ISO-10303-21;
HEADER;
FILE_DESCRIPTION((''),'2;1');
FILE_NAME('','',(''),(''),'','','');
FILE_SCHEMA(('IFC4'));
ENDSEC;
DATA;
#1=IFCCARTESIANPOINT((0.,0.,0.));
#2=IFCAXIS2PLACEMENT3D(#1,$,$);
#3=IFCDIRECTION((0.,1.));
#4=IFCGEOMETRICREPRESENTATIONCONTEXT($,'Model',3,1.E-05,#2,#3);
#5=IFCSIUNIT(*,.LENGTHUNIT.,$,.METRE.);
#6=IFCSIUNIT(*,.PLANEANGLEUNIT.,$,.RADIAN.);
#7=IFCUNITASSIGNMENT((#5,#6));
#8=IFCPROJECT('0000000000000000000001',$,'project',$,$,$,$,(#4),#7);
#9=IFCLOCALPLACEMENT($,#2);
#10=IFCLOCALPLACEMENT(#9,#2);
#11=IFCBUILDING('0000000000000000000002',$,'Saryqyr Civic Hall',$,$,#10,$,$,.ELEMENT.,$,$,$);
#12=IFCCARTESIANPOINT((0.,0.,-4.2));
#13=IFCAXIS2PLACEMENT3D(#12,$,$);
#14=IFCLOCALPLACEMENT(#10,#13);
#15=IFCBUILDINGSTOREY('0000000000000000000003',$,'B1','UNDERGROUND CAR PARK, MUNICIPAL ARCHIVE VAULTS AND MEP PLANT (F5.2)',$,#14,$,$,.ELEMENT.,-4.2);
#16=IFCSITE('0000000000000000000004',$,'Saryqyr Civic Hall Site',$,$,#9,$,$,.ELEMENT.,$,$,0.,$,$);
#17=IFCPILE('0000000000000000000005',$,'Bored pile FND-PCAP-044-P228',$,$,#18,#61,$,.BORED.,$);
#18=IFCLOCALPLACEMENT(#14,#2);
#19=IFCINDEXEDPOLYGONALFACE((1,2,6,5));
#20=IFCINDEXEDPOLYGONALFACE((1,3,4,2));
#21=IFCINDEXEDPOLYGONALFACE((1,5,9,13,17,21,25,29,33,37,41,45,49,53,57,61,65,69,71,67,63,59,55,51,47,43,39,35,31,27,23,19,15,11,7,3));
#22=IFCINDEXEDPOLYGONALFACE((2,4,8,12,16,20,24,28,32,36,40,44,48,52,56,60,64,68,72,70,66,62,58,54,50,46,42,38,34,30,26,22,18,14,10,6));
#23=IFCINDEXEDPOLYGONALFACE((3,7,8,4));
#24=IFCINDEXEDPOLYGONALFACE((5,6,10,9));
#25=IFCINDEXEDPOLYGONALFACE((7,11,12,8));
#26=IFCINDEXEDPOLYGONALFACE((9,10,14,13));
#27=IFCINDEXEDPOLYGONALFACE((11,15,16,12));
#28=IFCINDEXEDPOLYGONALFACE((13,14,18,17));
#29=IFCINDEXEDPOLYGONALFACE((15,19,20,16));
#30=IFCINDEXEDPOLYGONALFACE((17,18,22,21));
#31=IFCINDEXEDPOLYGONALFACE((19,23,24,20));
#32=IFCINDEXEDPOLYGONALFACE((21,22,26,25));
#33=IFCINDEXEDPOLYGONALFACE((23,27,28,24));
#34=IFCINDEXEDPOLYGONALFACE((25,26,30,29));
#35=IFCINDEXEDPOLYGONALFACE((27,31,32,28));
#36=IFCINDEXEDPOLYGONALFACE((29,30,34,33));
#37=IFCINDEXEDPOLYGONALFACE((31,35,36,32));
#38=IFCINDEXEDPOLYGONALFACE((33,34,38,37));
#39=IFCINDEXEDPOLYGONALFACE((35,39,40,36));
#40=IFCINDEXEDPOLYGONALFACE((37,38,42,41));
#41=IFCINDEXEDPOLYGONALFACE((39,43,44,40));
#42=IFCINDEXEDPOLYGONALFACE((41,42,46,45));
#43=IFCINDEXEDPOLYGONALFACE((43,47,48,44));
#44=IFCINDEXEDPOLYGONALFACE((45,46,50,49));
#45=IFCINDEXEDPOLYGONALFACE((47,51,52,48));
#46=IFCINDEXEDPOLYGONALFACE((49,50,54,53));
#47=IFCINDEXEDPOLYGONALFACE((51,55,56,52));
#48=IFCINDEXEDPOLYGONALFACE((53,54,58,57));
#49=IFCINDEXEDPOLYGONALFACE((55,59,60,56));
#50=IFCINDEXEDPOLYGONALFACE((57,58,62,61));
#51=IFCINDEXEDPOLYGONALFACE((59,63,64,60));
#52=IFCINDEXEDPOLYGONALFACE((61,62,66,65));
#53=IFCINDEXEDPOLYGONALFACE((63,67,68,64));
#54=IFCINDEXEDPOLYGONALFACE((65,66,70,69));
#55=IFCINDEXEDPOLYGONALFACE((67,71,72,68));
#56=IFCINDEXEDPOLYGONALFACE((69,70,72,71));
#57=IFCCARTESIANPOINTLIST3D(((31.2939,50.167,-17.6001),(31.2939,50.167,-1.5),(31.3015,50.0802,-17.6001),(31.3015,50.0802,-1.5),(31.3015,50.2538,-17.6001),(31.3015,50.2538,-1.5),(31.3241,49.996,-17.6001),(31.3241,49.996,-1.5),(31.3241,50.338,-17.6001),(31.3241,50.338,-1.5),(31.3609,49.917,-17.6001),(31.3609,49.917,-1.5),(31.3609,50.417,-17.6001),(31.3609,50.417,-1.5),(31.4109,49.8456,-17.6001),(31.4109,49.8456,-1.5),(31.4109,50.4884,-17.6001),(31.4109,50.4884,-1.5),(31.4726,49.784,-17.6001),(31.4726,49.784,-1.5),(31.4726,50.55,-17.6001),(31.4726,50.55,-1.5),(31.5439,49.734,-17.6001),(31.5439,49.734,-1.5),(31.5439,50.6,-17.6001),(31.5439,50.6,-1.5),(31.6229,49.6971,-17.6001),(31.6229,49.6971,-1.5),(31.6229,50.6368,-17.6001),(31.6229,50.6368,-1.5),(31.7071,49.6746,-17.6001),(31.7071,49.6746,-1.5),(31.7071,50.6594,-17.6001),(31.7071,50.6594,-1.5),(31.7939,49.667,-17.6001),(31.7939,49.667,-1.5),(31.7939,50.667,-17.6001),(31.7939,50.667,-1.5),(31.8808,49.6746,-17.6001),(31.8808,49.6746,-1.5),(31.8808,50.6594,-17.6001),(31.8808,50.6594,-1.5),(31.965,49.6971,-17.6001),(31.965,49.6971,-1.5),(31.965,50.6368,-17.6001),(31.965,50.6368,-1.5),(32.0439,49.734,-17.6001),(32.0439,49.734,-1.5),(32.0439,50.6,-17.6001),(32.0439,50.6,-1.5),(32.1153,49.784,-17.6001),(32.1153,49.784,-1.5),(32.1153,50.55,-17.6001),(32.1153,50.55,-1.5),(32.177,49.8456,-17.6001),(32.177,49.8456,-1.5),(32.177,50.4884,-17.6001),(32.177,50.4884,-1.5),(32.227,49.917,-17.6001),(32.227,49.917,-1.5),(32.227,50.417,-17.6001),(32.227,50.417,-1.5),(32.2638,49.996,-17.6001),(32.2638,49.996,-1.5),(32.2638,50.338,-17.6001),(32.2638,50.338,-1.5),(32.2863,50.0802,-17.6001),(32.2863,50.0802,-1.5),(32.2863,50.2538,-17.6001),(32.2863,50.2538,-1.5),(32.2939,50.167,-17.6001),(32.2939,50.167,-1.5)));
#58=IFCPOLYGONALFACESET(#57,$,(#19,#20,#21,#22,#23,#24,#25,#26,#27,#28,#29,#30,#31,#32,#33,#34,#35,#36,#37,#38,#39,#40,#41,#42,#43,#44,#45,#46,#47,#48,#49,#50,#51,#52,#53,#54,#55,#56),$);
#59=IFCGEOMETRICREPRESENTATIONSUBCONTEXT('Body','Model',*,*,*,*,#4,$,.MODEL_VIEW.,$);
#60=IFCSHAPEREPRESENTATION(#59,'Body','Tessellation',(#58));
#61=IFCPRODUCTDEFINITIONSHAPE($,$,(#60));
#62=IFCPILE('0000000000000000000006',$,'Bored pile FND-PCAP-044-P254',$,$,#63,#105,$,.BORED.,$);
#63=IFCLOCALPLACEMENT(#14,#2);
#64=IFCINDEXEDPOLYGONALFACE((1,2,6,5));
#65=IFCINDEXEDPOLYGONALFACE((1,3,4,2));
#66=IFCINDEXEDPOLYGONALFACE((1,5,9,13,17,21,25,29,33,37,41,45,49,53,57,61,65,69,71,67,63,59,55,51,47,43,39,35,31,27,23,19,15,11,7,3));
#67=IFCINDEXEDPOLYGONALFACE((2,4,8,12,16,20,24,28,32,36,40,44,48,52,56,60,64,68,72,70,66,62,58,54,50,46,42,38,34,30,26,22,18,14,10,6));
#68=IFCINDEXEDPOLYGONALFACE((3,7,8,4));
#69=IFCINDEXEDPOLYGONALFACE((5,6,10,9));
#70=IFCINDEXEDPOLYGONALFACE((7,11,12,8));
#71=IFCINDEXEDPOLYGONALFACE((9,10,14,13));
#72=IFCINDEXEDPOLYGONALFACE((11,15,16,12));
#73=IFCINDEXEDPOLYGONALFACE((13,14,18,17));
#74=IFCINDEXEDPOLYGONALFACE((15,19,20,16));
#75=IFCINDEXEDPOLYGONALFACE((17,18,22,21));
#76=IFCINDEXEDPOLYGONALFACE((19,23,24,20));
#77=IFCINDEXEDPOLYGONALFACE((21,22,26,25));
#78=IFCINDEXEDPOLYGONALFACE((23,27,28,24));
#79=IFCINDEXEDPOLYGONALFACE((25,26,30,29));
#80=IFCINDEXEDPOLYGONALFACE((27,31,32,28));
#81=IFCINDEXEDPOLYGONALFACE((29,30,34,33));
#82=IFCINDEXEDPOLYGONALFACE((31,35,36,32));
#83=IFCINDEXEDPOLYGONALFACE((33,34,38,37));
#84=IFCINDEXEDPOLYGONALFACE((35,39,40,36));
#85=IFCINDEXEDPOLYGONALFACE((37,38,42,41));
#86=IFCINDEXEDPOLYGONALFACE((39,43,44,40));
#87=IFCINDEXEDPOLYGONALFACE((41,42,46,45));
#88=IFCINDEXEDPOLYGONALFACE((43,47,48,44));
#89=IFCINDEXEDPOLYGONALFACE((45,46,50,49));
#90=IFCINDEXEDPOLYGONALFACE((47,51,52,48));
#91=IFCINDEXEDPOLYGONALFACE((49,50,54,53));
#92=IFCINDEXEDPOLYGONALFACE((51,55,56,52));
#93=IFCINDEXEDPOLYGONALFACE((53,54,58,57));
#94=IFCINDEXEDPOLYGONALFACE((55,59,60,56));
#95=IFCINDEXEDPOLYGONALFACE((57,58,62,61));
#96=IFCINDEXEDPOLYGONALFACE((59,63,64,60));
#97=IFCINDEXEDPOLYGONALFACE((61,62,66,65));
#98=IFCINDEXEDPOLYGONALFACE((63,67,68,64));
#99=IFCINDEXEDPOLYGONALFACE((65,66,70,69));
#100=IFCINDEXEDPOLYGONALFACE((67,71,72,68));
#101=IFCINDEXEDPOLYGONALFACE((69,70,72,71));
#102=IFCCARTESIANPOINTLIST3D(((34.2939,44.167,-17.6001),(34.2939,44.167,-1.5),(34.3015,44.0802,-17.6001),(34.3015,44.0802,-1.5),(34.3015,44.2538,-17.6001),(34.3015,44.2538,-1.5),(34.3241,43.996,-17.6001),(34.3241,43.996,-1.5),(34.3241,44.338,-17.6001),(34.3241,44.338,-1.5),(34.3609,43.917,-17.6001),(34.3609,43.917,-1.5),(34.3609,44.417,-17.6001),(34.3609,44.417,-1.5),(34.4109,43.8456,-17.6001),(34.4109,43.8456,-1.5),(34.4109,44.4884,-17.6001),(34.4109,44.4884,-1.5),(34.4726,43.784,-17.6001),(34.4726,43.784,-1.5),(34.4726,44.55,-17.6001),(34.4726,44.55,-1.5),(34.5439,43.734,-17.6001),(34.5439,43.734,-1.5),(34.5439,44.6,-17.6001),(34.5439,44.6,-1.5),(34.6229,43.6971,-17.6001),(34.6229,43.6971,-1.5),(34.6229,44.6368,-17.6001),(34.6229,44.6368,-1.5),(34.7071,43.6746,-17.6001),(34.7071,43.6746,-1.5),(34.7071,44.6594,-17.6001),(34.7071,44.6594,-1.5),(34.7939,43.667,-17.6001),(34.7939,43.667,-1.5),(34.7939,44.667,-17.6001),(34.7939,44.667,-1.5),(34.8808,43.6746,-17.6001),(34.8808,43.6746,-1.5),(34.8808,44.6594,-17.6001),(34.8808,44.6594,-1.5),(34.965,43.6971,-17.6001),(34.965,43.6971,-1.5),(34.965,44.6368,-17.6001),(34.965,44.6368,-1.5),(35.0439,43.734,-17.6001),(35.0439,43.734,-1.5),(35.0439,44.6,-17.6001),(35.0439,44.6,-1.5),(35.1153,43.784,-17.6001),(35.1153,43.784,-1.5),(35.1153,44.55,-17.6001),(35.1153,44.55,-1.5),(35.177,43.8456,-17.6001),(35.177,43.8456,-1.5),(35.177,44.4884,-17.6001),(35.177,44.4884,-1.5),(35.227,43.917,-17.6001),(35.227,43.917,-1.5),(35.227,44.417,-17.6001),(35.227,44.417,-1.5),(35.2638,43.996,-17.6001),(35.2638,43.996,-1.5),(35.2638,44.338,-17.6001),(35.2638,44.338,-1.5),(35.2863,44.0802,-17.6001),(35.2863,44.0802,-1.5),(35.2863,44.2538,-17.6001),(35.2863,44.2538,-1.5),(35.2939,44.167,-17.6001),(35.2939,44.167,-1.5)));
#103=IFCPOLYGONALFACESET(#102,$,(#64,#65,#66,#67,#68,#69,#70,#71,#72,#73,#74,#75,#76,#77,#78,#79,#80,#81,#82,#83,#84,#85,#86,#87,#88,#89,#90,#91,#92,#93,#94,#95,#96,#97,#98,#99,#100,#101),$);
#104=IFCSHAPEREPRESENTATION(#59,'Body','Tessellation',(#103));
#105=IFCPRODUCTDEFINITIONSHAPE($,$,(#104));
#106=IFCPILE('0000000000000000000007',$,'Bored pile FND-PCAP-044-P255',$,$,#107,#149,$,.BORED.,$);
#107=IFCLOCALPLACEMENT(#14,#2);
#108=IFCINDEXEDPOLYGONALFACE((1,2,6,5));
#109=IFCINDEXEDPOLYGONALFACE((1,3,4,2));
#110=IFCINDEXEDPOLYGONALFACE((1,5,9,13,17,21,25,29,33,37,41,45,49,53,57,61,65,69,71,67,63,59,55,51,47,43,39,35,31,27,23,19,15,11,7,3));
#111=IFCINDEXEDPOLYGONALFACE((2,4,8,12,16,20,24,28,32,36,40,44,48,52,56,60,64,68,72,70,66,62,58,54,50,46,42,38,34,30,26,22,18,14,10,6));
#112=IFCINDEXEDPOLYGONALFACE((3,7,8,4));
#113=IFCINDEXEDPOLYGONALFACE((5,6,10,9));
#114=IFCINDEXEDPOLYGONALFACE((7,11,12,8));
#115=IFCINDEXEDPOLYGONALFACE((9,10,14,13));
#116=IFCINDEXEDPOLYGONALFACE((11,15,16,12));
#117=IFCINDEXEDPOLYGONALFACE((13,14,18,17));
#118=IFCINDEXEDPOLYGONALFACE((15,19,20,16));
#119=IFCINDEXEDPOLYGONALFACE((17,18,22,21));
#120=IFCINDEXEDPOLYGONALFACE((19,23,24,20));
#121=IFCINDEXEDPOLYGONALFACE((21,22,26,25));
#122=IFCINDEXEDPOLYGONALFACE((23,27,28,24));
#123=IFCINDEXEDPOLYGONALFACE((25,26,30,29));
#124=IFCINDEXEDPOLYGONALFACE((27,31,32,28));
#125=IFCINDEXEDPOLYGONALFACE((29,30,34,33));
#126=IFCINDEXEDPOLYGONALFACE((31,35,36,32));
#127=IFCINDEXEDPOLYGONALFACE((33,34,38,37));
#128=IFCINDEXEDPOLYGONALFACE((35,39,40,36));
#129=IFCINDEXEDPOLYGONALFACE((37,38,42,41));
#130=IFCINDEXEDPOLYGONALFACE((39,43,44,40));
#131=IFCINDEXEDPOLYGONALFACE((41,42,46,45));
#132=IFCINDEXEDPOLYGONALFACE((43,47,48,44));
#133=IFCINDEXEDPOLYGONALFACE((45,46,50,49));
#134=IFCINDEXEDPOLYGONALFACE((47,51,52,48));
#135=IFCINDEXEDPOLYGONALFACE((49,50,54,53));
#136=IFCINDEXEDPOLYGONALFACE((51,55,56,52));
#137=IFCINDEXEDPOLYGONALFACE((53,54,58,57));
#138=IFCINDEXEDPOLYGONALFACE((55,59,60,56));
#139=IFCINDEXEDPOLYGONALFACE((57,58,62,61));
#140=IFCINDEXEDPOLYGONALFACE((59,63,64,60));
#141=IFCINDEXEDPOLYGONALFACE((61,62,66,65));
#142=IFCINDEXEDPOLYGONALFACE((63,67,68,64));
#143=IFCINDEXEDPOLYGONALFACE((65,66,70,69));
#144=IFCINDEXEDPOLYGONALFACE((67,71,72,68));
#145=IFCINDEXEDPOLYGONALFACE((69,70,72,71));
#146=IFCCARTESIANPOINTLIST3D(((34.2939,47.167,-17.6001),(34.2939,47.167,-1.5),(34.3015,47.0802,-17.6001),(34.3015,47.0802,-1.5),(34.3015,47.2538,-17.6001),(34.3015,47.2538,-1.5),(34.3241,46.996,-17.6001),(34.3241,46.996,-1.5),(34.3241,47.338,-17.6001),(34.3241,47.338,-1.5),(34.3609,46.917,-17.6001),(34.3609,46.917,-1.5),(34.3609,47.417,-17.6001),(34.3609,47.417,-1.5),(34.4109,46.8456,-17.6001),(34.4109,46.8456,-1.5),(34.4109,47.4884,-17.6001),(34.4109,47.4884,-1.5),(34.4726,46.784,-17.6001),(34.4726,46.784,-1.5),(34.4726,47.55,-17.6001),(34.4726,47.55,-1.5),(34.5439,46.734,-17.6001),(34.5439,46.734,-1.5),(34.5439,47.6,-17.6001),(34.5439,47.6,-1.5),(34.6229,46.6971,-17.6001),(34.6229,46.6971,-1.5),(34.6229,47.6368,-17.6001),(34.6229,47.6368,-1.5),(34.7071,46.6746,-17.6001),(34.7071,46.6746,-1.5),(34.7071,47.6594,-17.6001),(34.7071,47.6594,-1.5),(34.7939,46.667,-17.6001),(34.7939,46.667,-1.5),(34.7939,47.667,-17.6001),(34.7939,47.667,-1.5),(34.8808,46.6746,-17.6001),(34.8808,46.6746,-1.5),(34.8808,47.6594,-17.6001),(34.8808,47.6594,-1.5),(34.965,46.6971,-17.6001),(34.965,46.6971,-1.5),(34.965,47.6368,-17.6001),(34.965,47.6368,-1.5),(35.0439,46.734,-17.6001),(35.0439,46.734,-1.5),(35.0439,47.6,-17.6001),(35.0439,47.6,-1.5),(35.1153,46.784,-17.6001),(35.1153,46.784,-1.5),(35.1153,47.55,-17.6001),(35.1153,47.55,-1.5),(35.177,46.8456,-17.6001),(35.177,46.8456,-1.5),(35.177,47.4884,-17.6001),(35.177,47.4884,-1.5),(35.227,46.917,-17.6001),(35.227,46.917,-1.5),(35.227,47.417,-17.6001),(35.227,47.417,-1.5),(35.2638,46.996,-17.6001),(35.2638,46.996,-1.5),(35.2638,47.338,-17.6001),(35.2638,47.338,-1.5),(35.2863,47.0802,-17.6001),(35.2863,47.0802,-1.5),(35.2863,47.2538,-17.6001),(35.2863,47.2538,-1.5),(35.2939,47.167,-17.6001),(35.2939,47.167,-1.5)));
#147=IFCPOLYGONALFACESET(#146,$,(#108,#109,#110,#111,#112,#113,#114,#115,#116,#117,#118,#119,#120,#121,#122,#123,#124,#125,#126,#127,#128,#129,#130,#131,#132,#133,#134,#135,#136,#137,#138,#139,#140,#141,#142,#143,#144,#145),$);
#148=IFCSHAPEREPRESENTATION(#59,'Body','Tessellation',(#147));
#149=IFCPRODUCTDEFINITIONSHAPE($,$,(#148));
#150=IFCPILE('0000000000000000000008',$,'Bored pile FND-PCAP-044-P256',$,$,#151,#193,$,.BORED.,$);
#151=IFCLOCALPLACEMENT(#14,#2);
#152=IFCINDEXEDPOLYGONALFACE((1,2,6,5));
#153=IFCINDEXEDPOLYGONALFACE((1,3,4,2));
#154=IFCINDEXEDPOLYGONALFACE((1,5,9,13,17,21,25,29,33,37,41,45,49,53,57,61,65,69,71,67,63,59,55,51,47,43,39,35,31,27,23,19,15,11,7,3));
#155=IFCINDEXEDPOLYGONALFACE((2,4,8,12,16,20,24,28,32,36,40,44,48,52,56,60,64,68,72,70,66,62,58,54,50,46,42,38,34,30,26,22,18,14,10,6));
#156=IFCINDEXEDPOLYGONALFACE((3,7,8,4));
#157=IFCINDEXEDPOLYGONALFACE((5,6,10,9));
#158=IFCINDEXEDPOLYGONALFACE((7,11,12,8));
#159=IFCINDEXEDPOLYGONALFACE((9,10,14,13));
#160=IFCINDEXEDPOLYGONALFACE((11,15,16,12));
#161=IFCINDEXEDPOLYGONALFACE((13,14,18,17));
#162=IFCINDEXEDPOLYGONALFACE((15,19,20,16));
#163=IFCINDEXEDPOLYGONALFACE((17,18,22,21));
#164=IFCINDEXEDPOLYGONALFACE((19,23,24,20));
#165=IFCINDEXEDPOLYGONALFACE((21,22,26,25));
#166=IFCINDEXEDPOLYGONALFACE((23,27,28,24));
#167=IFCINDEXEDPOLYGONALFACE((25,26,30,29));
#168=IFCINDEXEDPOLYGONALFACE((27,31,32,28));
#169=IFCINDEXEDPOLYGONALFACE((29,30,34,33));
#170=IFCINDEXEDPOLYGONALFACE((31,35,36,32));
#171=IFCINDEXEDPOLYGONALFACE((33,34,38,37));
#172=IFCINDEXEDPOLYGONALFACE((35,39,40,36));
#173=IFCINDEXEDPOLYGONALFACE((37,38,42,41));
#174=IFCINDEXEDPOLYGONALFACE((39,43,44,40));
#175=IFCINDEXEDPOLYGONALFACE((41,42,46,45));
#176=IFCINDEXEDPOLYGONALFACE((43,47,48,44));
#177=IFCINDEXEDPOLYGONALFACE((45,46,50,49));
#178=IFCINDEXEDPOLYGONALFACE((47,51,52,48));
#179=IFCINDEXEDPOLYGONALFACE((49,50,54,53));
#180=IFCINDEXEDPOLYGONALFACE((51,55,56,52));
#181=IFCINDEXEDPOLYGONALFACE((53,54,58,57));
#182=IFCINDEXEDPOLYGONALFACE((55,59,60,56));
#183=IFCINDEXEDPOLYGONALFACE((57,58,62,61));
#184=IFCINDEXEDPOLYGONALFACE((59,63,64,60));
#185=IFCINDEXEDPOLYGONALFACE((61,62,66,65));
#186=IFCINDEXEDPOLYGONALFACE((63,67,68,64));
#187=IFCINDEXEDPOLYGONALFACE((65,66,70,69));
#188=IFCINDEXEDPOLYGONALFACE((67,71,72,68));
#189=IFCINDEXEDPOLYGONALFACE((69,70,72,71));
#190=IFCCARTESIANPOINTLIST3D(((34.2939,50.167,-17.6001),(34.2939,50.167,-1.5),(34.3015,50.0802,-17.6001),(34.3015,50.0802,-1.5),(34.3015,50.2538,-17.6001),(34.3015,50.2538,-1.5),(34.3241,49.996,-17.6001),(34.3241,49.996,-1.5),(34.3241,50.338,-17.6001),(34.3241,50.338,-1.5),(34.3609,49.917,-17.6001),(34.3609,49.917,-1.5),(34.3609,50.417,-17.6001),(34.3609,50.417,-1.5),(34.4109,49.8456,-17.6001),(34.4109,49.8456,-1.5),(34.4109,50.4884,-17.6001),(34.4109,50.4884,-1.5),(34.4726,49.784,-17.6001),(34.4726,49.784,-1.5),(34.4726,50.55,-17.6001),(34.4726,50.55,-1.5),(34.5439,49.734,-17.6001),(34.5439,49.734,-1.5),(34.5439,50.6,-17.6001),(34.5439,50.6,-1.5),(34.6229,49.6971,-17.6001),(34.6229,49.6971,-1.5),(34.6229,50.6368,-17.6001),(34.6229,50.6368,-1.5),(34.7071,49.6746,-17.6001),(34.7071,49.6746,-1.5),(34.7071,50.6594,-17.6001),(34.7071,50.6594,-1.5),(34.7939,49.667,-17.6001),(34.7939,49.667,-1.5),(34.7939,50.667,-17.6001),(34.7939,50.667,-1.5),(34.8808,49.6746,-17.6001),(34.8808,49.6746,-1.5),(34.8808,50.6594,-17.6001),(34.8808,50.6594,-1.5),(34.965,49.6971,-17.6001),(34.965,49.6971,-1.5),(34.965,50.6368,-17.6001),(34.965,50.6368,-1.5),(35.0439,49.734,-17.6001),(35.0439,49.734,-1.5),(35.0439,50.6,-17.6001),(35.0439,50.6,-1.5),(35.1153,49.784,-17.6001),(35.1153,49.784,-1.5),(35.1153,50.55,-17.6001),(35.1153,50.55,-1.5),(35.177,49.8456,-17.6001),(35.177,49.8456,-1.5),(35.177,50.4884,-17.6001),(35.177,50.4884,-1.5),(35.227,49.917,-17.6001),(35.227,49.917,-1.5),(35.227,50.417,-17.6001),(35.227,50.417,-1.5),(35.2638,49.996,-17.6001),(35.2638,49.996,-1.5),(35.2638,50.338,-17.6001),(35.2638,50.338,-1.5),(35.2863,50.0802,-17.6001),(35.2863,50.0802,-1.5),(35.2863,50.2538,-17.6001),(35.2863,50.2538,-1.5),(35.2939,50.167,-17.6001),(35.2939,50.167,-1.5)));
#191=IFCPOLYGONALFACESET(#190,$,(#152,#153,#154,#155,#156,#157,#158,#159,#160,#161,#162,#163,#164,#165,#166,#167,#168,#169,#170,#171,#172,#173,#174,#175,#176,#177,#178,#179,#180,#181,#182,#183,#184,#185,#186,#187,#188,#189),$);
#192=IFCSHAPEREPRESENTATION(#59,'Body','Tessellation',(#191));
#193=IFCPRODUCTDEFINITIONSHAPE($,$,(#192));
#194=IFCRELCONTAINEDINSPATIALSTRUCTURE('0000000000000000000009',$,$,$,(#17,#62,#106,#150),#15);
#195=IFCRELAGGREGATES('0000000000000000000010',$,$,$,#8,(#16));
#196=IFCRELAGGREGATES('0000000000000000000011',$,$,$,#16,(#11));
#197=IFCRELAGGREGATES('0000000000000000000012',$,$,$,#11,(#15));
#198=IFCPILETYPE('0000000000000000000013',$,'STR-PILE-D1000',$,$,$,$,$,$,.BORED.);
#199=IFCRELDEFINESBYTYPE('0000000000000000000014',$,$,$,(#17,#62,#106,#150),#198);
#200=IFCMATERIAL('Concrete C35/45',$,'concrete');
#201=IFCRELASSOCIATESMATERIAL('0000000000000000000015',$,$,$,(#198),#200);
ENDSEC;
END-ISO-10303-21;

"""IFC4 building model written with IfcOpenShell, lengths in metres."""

from ifc_helpers import new_model, si_unit, direction, frame, origin, origin_2d, place, context, subcontext, project, spatial, circle, extrude, material, material_profile, profile_set, type_object, element, save


model = new_model("IFC4")

# Units and contexts
model_context = context("Model", 3, precision=1e-05, world=origin(), true_north=direction((0.0, 1.0)))
body_context = subcontext(model_context, "Body", "Model", "MODEL_VIEW")
ifc_project = project(units=[si_unit("LENGTHUNIT", "METRE"), si_unit("PLANEANGLEUNIT", "RADIAN")], contexts=[model_context])

# Site, building, storey
site_placement = place(None, origin())
site = spatial("IfcSite", under=ifc_project, at=site_placement, Name="Saryqyr Civic Hall Site", CompositionType="ELEMENT", RefElevation=0.0)
building_placement = place(site_placement, origin())
building = spatial("IfcBuilding", under=site, at=building_placement, Name="Saryqyr Civic Hall", CompositionType="ELEMENT")
storey_placement = place(building_placement, frame((0.0, 0.0, -4.2)))
storey = spatial("IfcBuildingStorey", under=building, at=storey_placement, Name="B1", Description="UNDERGROUND CAR PARK, MUNICIPAL ARCHIVE VAULTS AND MEP PLANT (F5.2)", CompositionType="ELEMENT", Elevation=-4.2)

# Piles
ifc_material_1 = material(Name="Concrete C35/45", Category="concrete")
ifc_material_profile_1 = material_profile(ifc_material_1, circle(Radius=0.5, at=origin_2d()), Name="BORED PILE D1000")
ifc_profile_set_1 = profile_set([ifc_material_profile_1], Name="Concrete C35/45")
pile_type = type_object("IfcPileType", Name="STR-PILE-D1000", PredefinedType="BORED", material=ifc_profile_set_1)
for number, where, z_axis, x_axis, name in (
    (1, (31.7939, 50.167, -1.5), (0.0, 0.0, -1.0), (1.0, 0.0, 0.0), "Bored pile FND-PCAP-044-P228"),
    (2, (34.7939, 44.167, -1.5), (0.0, 0.0, -1.0), (1.0, 0.0, 0.0), "Bored pile FND-PCAP-044-P254"),
    (3, (34.7939, 47.167, -1.5), (0.0, 0.0, -1.0), (1.0, 0.0, 0.0), "Bored pile FND-PCAP-044-P255"),
    (4, (34.7939, 50.167, -1.5), (0.0, 0.0, -1.0), (1.0, 0.0, 0.0), "Bored pile FND-PCAP-044-P256"),
):
    element("IfcPile", number, at=place(storey_placement, frame(where, z_axis=z_axis, x_axis=x_axis)), inside=storey, type_object=pile_type, Name=name, PredefinedType="BORED", context=body_context, shape_type="SweptSolid", body=[
        extrude(circle(Radius=0.5, at=origin_2d()), origin(), (0.0, 0.0, 1.0), 16.1001),
    ])

save(model, "model.ifc")
